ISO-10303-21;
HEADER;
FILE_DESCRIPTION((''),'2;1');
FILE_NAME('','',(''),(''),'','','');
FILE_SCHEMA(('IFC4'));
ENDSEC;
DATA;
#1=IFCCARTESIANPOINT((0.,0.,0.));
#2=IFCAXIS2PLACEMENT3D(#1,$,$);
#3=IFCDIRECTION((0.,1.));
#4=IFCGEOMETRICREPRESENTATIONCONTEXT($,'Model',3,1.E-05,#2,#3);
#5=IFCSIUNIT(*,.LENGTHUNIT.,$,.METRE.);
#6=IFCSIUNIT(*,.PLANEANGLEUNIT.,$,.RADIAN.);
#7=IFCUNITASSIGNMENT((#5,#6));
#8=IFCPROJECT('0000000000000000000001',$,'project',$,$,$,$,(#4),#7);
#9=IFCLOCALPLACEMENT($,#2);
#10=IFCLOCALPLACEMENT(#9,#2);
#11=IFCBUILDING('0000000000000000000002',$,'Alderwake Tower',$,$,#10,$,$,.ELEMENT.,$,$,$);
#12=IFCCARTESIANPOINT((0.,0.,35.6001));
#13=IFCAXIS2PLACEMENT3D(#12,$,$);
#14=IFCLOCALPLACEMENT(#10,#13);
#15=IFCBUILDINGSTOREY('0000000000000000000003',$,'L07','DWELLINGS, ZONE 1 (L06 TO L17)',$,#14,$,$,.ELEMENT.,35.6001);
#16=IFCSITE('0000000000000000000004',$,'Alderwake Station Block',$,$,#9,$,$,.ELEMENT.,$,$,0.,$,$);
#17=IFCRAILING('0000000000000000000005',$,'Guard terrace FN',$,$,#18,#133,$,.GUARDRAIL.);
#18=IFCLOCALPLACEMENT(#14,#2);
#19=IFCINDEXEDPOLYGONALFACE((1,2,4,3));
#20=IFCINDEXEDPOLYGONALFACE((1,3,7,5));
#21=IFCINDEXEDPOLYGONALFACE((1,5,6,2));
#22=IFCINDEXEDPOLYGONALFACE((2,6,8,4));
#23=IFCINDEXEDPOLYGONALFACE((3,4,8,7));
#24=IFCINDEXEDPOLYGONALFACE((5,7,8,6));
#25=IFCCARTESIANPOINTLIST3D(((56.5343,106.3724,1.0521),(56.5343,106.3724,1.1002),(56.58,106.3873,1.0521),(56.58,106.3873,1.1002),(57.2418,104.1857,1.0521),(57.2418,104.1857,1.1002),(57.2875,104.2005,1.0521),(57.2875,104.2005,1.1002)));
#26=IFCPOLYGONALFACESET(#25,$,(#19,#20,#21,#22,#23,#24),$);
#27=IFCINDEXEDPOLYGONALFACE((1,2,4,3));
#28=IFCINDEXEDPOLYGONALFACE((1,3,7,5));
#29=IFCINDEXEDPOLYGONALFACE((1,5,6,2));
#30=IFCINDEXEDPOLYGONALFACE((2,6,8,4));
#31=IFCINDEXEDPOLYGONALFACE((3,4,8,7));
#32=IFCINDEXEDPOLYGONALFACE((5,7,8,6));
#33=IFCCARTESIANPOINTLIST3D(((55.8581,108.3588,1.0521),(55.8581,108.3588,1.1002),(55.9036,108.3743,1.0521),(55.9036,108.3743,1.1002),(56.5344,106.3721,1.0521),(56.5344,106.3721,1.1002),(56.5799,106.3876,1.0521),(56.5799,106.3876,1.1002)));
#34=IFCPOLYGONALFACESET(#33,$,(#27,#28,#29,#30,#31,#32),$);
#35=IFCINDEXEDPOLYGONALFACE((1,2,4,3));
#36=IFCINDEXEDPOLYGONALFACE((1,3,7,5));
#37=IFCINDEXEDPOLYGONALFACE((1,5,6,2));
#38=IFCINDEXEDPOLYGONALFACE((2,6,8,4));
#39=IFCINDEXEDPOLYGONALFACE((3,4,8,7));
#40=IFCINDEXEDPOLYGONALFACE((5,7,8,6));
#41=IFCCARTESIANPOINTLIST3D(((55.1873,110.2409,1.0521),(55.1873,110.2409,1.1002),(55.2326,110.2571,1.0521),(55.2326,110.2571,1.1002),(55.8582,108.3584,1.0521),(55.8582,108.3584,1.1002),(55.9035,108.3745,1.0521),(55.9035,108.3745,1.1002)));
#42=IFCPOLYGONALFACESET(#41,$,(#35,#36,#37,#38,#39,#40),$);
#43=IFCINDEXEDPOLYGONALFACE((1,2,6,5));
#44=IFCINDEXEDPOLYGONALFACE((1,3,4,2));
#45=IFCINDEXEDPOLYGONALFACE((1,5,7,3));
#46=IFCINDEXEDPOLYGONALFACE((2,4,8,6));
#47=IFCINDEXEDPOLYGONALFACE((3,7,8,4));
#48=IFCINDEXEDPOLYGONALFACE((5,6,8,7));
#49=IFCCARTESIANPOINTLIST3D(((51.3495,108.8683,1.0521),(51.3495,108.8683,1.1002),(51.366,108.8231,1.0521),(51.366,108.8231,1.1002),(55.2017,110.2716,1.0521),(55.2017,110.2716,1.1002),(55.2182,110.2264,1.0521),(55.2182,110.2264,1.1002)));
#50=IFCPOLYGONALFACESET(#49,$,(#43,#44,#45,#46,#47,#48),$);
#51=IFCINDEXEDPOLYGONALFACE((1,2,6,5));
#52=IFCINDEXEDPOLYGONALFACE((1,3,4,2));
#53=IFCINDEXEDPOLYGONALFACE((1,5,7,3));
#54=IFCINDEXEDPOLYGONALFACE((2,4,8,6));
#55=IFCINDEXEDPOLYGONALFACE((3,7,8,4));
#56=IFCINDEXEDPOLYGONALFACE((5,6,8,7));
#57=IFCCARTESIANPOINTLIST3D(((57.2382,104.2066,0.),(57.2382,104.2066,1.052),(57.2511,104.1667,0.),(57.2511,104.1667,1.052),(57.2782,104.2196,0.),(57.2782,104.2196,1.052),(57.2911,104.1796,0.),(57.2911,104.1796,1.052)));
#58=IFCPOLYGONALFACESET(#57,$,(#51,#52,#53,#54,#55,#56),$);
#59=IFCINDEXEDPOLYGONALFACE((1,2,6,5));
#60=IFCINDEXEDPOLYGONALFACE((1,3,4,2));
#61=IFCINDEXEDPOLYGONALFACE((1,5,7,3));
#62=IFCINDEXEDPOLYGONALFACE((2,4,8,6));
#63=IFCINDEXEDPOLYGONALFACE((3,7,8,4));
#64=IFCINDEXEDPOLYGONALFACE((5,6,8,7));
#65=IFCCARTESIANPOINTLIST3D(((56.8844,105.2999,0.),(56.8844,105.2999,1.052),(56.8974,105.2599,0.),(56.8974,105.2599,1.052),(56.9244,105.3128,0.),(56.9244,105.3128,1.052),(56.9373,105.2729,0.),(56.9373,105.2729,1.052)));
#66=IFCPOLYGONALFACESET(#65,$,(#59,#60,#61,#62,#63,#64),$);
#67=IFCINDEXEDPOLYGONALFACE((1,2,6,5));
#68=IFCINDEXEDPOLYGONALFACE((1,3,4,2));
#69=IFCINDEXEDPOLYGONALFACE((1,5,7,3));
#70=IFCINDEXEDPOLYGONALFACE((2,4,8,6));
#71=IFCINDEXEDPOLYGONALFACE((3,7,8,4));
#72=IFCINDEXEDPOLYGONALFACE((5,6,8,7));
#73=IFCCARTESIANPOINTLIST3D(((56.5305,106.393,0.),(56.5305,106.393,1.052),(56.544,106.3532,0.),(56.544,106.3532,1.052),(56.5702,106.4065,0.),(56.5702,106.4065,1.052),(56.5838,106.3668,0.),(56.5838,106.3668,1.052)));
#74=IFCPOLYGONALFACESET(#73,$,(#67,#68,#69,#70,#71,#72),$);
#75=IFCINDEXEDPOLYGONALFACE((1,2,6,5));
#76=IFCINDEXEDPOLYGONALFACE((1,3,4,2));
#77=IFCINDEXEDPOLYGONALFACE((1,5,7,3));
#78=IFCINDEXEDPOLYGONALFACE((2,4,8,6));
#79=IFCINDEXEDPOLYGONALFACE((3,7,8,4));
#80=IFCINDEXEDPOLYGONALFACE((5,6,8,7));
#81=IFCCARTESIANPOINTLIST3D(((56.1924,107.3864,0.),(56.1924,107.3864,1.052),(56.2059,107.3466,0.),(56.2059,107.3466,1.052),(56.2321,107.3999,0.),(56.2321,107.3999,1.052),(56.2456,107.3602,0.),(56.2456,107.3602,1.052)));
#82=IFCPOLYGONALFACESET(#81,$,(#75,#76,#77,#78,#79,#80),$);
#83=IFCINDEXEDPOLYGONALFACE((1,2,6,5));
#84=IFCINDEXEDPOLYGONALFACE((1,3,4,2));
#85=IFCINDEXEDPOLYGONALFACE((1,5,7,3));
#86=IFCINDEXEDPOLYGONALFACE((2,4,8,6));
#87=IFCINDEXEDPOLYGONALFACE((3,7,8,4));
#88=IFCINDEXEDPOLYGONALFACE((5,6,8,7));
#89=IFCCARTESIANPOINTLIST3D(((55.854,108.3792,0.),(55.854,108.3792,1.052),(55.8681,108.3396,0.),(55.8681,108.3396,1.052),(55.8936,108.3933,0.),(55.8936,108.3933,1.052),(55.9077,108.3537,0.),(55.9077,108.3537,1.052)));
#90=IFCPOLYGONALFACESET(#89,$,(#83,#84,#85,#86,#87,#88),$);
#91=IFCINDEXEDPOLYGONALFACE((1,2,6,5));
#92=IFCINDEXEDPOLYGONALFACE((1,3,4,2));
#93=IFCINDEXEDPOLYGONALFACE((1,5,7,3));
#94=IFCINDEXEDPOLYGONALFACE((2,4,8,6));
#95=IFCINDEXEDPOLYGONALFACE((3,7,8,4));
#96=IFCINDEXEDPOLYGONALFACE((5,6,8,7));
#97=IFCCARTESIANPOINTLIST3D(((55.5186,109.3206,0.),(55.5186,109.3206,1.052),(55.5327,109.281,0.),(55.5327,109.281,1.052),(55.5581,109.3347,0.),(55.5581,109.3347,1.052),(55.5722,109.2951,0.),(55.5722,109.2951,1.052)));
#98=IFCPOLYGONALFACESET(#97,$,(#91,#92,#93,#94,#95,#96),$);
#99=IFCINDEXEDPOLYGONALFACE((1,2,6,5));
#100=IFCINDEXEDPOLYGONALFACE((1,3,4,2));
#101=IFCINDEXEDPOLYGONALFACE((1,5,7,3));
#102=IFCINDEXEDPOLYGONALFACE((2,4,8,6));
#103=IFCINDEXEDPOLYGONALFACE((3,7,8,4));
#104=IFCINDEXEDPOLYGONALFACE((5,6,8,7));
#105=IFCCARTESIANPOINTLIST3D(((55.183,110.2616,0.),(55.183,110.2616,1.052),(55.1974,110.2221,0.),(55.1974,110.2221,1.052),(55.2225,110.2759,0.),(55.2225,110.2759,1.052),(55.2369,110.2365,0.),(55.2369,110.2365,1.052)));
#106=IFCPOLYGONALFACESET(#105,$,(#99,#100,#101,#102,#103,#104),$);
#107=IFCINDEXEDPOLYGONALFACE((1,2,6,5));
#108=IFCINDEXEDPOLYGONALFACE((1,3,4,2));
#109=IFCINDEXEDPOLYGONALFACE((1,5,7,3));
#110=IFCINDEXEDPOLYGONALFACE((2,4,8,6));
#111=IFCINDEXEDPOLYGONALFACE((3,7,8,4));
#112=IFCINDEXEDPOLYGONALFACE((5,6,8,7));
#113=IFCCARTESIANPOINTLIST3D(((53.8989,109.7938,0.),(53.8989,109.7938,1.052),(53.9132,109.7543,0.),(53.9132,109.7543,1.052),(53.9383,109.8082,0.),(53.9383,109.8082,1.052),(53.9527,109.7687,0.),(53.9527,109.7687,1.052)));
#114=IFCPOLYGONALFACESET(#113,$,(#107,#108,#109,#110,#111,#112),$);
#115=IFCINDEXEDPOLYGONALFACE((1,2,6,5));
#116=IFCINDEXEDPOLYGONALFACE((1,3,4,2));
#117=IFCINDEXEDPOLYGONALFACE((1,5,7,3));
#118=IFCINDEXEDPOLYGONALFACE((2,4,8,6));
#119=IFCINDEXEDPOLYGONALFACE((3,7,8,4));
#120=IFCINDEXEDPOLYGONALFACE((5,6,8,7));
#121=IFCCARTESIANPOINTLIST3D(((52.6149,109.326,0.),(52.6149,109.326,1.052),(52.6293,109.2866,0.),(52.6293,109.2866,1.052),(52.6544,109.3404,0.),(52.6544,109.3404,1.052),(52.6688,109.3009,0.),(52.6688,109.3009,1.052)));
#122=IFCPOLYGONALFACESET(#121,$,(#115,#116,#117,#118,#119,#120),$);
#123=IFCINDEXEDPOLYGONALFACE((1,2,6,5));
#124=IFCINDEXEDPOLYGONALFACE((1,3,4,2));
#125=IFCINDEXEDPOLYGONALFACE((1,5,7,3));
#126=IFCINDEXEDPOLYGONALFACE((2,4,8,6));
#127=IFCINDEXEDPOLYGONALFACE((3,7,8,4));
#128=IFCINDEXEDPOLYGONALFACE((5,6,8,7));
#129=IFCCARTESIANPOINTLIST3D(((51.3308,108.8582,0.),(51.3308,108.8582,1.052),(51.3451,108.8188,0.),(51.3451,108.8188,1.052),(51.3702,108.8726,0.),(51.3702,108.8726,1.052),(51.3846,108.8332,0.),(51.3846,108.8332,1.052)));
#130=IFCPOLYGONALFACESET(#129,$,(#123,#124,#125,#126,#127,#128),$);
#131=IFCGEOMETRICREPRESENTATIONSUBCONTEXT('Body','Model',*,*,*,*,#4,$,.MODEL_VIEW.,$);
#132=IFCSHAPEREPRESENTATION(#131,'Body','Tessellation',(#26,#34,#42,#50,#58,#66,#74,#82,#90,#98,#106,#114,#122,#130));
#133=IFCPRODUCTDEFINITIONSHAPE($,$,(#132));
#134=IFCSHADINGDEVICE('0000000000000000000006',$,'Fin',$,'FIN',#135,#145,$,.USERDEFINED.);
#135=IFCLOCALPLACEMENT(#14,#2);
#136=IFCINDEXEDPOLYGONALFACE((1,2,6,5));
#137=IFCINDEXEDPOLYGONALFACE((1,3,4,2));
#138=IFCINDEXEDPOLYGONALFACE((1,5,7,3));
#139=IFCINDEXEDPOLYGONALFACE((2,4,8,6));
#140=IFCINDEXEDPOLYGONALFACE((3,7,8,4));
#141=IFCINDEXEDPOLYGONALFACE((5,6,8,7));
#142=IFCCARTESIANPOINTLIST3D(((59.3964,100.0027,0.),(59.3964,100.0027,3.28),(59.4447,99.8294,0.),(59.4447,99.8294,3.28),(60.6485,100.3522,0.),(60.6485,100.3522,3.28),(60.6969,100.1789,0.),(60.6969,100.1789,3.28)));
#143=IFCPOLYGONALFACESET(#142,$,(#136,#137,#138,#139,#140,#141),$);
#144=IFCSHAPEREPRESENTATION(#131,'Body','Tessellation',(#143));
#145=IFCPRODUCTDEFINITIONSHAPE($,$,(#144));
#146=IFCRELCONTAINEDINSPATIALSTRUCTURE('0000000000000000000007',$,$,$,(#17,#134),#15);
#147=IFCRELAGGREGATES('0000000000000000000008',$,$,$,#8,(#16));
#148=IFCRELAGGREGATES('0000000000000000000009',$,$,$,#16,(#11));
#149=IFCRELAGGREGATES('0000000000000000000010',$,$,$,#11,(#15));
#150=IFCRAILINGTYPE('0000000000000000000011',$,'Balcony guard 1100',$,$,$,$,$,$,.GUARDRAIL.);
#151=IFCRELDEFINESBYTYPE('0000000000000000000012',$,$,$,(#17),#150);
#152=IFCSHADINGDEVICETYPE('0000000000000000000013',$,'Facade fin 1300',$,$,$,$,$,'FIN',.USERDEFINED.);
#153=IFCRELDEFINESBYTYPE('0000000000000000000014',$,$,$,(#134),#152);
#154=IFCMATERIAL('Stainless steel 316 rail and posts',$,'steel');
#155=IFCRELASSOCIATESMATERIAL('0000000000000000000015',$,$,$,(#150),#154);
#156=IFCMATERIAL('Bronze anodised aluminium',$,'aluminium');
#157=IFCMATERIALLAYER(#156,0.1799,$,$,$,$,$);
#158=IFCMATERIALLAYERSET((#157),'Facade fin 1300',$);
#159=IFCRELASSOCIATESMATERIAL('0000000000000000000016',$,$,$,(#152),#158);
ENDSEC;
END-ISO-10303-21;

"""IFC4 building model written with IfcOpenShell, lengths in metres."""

from ifc_helpers import new_model, si_unit, direction, frame, origin, origin_2d, place, context, subcontext, project, spatial, rectangle, extrude, material, layer, layer_set, type_object, element, save


model = new_model("IFC4")

# Units and contexts
model_context = context("Model", 3, precision=1e-05, world=origin(), true_north=direction((0.0, 1.0)))
body_context = subcontext(model_context, "Body", "Model", "MODEL_VIEW")
ifc_project = project(units=[si_unit("LENGTHUNIT", "METRE"), si_unit("PLANEANGLEUNIT", "RADIAN")], contexts=[model_context])

# Site, building, storey
site_placement = place(None, origin())
site = spatial("IfcSite", under=ifc_project, at=site_placement, Name="Alderwake Station Block", CompositionType="ELEMENT", RefElevation=0.0)
building_placement = place(site_placement, origin())
building = spatial("IfcBuilding", under=site, at=building_placement, Name="Alderwake Tower", CompositionType="ELEMENT")
storey_placement = place(building_placement, frame((0.0, 0.0, 35.6001)))
storey = spatial("IfcBuildingStorey", under=building, at=storey_placement, Name="L07", Description="DWELLINGS, ZONE 1 (L06 TO L17)", CompositionType="ELEMENT", Elevation=35.6001)

# Railing
ifc_material_1 = material(Name="Stainless steel 316 rail and posts", Category="steel")
railing_type = type_object("IfcRailingType", Name="Balcony guard 1100", PredefinedType="GUARDRAIL", material=ifc_material_1)
railing_placement = place(storey_placement, frame((57.2646, 104.1931, 0.0)))
element("IfcRailing", 1, at=railing_placement, inside=storey, type_object=railing_type, Name="Guard terrace FN", PredefinedType="GUARDRAIL", context=body_context, shape_type="SweptSolid", body=[
    extrude(rectangle(XDim=0.0481, YDim=0.0481, at=origin_2d()), frame((0.0, 0.0, 1.0762), z_axis=(-0.307834, 0.95144, 0.0), x_axis=(-0.95144, -0.307834, 0.0)), (0.0, 0.0, 1.0), 2.2983),
    extrude(rectangle(XDim=0.0481, YDim=0.0481, at=origin_2d()), frame((-0.7075, 2.1868, 1.0762), z_axis=(-0.322259, 0.946651, 0.0), x_axis=(-0.946651, -0.322259, 0.0)), (0.0, 0.0, 1.0), 2.0986),
    extrude(rectangle(XDim=0.0481, YDim=0.0481, at=origin_2d()), frame((-1.3838, 4.1733, 1.0762), z_axis=(-0.335694, 0.941971, 0.0), x_axis=(-0.941971, -0.335694, 0.0)), (0.0, 0.0, 1.0), 1.9985),
    extrude(rectangle(XDim=0.0481, YDim=0.0481, at=origin_2d()), frame((-2.0547, 6.0559, 1.0762), z_axis=(-0.939599, -0.342278, 0.0), x_axis=(0.342278, -0.939599, 0.0)), (0.0, 0.0, 1.0), 4.0999),
    extrude(rectangle(XDim=0.042, YDim=0.042, at=origin_2d()), frame((0.0, 0.0, 0.0), z_axis=(0.0, 0.0, 1.0), x_axis=(-0.307834, 0.95144, 0.0)), (0.0, 0.0, 1.0), 1.052),
    extrude(rectangle(XDim=0.042, YDim=0.042, at=origin_2d()), frame((-0.3538, 1.0933, 0.0), z_axis=(0.0, 0.0, 1.0), x_axis=(-0.307834, 0.95144, 0.0)), (0.0, 0.0, 1.0), 1.052),
    extrude(rectangle(XDim=0.042, YDim=0.042, at=origin_2d()), frame((-0.7075, 2.1868, 0.0), z_axis=(0.0, 0.0, 1.0), x_axis=(-0.322259, 0.946651, 0.0)), (0.0, 0.0, 1.0), 1.052),
    extrude(rectangle(XDim=0.042, YDim=0.042, at=origin_2d()), frame((-1.0457, 3.1802, 0.0), z_axis=(0.0, 0.0, 1.0), x_axis=(-0.322259, 0.946651, 0.0)), (0.0, 0.0, 1.0), 1.052),
    extrude(rectangle(XDim=0.042, YDim=0.042, at=origin_2d()), frame((-1.3838, 4.1733, 0.0), z_axis=(0.0, 0.0, 1.0), x_axis=(-0.335694, 0.941971, 0.0)), (0.0, 0.0, 1.0), 1.052),
    extrude(rectangle(XDim=0.042, YDim=0.042, at=origin_2d()), frame((-1.7192, 5.1147, 0.0), z_axis=(0.0, 0.0, 1.0), x_axis=(-0.335694, 0.941971, 0.0)), (0.0, 0.0, 1.0), 1.052),
    extrude(rectangle(XDim=0.042, YDim=0.042, at=origin_2d()), frame((-2.0547, 6.0559, 0.0), z_axis=(0.0, 0.0, 1.0), x_axis=(-0.939599, -0.342278, 0.0)), (0.0, 0.0, 1.0), 1.052),
    extrude(rectangle(XDim=0.042, YDim=0.042, at=origin_2d()), frame((-3.3389, 5.5881, 0.0), z_axis=(0.0, 0.0, 1.0), x_axis=(-0.939599, -0.342278, 0.0)), (0.0, 0.0, 1.0), 1.052),
    extrude(rectangle(XDim=0.042, YDim=0.042, at=origin_2d()), frame((-4.6228, 5.1204, 0.0), z_axis=(0.0, 0.0, 1.0), x_axis=(-0.939599, -0.342278, 0.0)), (0.0, 0.0, 1.0), 1.052),
    extrude(rectangle(XDim=0.042, YDim=0.042, at=origin_2d()), frame((-5.907, 4.6526, 0.0), z_axis=(0.0, 0.0, 1.0), x_axis=(-0.939599, -0.342278, 0.0)), (0.0, 0.0, 1.0), 1.052),
])

# Shading device
ifc_material_2 = material(Name="Bronze anodised aluminium", Category="aluminium")
ifc_layer_1 = layer(ifc_material_2, 0.1799)
ifc_layer_set_1 = layer_set([ifc_layer_1], Name="Facade fin 1300")
shading_device_type = type_object("IfcShadingDeviceType", Name="Facade fin 1300", ElementType="FIN", PredefinedType="USERDEFINED", material=ifc_layer_set_1)
shading_device_placement = place(storey_placement, frame((60.0466, 100.0908, 0.0), z_axis=(0.0, 0.0, 1.0), x_axis=(0.963182, 0.268851, 0.0)))
element("IfcShadingDevice", 2, at=shading_device_placement, inside=storey, type_object=shading_device_type, Name="Fin", ObjectType="FIN", PredefinedType="USERDEFINED", context=body_context, shape_type="SweptSolid", body=[
    extrude(rectangle(XDim=1.3, YDim=0.1799, at=origin_2d()), origin(), (0.0, 0.0, 1.0), 3.28),
])

save(model, "model.ifc")
